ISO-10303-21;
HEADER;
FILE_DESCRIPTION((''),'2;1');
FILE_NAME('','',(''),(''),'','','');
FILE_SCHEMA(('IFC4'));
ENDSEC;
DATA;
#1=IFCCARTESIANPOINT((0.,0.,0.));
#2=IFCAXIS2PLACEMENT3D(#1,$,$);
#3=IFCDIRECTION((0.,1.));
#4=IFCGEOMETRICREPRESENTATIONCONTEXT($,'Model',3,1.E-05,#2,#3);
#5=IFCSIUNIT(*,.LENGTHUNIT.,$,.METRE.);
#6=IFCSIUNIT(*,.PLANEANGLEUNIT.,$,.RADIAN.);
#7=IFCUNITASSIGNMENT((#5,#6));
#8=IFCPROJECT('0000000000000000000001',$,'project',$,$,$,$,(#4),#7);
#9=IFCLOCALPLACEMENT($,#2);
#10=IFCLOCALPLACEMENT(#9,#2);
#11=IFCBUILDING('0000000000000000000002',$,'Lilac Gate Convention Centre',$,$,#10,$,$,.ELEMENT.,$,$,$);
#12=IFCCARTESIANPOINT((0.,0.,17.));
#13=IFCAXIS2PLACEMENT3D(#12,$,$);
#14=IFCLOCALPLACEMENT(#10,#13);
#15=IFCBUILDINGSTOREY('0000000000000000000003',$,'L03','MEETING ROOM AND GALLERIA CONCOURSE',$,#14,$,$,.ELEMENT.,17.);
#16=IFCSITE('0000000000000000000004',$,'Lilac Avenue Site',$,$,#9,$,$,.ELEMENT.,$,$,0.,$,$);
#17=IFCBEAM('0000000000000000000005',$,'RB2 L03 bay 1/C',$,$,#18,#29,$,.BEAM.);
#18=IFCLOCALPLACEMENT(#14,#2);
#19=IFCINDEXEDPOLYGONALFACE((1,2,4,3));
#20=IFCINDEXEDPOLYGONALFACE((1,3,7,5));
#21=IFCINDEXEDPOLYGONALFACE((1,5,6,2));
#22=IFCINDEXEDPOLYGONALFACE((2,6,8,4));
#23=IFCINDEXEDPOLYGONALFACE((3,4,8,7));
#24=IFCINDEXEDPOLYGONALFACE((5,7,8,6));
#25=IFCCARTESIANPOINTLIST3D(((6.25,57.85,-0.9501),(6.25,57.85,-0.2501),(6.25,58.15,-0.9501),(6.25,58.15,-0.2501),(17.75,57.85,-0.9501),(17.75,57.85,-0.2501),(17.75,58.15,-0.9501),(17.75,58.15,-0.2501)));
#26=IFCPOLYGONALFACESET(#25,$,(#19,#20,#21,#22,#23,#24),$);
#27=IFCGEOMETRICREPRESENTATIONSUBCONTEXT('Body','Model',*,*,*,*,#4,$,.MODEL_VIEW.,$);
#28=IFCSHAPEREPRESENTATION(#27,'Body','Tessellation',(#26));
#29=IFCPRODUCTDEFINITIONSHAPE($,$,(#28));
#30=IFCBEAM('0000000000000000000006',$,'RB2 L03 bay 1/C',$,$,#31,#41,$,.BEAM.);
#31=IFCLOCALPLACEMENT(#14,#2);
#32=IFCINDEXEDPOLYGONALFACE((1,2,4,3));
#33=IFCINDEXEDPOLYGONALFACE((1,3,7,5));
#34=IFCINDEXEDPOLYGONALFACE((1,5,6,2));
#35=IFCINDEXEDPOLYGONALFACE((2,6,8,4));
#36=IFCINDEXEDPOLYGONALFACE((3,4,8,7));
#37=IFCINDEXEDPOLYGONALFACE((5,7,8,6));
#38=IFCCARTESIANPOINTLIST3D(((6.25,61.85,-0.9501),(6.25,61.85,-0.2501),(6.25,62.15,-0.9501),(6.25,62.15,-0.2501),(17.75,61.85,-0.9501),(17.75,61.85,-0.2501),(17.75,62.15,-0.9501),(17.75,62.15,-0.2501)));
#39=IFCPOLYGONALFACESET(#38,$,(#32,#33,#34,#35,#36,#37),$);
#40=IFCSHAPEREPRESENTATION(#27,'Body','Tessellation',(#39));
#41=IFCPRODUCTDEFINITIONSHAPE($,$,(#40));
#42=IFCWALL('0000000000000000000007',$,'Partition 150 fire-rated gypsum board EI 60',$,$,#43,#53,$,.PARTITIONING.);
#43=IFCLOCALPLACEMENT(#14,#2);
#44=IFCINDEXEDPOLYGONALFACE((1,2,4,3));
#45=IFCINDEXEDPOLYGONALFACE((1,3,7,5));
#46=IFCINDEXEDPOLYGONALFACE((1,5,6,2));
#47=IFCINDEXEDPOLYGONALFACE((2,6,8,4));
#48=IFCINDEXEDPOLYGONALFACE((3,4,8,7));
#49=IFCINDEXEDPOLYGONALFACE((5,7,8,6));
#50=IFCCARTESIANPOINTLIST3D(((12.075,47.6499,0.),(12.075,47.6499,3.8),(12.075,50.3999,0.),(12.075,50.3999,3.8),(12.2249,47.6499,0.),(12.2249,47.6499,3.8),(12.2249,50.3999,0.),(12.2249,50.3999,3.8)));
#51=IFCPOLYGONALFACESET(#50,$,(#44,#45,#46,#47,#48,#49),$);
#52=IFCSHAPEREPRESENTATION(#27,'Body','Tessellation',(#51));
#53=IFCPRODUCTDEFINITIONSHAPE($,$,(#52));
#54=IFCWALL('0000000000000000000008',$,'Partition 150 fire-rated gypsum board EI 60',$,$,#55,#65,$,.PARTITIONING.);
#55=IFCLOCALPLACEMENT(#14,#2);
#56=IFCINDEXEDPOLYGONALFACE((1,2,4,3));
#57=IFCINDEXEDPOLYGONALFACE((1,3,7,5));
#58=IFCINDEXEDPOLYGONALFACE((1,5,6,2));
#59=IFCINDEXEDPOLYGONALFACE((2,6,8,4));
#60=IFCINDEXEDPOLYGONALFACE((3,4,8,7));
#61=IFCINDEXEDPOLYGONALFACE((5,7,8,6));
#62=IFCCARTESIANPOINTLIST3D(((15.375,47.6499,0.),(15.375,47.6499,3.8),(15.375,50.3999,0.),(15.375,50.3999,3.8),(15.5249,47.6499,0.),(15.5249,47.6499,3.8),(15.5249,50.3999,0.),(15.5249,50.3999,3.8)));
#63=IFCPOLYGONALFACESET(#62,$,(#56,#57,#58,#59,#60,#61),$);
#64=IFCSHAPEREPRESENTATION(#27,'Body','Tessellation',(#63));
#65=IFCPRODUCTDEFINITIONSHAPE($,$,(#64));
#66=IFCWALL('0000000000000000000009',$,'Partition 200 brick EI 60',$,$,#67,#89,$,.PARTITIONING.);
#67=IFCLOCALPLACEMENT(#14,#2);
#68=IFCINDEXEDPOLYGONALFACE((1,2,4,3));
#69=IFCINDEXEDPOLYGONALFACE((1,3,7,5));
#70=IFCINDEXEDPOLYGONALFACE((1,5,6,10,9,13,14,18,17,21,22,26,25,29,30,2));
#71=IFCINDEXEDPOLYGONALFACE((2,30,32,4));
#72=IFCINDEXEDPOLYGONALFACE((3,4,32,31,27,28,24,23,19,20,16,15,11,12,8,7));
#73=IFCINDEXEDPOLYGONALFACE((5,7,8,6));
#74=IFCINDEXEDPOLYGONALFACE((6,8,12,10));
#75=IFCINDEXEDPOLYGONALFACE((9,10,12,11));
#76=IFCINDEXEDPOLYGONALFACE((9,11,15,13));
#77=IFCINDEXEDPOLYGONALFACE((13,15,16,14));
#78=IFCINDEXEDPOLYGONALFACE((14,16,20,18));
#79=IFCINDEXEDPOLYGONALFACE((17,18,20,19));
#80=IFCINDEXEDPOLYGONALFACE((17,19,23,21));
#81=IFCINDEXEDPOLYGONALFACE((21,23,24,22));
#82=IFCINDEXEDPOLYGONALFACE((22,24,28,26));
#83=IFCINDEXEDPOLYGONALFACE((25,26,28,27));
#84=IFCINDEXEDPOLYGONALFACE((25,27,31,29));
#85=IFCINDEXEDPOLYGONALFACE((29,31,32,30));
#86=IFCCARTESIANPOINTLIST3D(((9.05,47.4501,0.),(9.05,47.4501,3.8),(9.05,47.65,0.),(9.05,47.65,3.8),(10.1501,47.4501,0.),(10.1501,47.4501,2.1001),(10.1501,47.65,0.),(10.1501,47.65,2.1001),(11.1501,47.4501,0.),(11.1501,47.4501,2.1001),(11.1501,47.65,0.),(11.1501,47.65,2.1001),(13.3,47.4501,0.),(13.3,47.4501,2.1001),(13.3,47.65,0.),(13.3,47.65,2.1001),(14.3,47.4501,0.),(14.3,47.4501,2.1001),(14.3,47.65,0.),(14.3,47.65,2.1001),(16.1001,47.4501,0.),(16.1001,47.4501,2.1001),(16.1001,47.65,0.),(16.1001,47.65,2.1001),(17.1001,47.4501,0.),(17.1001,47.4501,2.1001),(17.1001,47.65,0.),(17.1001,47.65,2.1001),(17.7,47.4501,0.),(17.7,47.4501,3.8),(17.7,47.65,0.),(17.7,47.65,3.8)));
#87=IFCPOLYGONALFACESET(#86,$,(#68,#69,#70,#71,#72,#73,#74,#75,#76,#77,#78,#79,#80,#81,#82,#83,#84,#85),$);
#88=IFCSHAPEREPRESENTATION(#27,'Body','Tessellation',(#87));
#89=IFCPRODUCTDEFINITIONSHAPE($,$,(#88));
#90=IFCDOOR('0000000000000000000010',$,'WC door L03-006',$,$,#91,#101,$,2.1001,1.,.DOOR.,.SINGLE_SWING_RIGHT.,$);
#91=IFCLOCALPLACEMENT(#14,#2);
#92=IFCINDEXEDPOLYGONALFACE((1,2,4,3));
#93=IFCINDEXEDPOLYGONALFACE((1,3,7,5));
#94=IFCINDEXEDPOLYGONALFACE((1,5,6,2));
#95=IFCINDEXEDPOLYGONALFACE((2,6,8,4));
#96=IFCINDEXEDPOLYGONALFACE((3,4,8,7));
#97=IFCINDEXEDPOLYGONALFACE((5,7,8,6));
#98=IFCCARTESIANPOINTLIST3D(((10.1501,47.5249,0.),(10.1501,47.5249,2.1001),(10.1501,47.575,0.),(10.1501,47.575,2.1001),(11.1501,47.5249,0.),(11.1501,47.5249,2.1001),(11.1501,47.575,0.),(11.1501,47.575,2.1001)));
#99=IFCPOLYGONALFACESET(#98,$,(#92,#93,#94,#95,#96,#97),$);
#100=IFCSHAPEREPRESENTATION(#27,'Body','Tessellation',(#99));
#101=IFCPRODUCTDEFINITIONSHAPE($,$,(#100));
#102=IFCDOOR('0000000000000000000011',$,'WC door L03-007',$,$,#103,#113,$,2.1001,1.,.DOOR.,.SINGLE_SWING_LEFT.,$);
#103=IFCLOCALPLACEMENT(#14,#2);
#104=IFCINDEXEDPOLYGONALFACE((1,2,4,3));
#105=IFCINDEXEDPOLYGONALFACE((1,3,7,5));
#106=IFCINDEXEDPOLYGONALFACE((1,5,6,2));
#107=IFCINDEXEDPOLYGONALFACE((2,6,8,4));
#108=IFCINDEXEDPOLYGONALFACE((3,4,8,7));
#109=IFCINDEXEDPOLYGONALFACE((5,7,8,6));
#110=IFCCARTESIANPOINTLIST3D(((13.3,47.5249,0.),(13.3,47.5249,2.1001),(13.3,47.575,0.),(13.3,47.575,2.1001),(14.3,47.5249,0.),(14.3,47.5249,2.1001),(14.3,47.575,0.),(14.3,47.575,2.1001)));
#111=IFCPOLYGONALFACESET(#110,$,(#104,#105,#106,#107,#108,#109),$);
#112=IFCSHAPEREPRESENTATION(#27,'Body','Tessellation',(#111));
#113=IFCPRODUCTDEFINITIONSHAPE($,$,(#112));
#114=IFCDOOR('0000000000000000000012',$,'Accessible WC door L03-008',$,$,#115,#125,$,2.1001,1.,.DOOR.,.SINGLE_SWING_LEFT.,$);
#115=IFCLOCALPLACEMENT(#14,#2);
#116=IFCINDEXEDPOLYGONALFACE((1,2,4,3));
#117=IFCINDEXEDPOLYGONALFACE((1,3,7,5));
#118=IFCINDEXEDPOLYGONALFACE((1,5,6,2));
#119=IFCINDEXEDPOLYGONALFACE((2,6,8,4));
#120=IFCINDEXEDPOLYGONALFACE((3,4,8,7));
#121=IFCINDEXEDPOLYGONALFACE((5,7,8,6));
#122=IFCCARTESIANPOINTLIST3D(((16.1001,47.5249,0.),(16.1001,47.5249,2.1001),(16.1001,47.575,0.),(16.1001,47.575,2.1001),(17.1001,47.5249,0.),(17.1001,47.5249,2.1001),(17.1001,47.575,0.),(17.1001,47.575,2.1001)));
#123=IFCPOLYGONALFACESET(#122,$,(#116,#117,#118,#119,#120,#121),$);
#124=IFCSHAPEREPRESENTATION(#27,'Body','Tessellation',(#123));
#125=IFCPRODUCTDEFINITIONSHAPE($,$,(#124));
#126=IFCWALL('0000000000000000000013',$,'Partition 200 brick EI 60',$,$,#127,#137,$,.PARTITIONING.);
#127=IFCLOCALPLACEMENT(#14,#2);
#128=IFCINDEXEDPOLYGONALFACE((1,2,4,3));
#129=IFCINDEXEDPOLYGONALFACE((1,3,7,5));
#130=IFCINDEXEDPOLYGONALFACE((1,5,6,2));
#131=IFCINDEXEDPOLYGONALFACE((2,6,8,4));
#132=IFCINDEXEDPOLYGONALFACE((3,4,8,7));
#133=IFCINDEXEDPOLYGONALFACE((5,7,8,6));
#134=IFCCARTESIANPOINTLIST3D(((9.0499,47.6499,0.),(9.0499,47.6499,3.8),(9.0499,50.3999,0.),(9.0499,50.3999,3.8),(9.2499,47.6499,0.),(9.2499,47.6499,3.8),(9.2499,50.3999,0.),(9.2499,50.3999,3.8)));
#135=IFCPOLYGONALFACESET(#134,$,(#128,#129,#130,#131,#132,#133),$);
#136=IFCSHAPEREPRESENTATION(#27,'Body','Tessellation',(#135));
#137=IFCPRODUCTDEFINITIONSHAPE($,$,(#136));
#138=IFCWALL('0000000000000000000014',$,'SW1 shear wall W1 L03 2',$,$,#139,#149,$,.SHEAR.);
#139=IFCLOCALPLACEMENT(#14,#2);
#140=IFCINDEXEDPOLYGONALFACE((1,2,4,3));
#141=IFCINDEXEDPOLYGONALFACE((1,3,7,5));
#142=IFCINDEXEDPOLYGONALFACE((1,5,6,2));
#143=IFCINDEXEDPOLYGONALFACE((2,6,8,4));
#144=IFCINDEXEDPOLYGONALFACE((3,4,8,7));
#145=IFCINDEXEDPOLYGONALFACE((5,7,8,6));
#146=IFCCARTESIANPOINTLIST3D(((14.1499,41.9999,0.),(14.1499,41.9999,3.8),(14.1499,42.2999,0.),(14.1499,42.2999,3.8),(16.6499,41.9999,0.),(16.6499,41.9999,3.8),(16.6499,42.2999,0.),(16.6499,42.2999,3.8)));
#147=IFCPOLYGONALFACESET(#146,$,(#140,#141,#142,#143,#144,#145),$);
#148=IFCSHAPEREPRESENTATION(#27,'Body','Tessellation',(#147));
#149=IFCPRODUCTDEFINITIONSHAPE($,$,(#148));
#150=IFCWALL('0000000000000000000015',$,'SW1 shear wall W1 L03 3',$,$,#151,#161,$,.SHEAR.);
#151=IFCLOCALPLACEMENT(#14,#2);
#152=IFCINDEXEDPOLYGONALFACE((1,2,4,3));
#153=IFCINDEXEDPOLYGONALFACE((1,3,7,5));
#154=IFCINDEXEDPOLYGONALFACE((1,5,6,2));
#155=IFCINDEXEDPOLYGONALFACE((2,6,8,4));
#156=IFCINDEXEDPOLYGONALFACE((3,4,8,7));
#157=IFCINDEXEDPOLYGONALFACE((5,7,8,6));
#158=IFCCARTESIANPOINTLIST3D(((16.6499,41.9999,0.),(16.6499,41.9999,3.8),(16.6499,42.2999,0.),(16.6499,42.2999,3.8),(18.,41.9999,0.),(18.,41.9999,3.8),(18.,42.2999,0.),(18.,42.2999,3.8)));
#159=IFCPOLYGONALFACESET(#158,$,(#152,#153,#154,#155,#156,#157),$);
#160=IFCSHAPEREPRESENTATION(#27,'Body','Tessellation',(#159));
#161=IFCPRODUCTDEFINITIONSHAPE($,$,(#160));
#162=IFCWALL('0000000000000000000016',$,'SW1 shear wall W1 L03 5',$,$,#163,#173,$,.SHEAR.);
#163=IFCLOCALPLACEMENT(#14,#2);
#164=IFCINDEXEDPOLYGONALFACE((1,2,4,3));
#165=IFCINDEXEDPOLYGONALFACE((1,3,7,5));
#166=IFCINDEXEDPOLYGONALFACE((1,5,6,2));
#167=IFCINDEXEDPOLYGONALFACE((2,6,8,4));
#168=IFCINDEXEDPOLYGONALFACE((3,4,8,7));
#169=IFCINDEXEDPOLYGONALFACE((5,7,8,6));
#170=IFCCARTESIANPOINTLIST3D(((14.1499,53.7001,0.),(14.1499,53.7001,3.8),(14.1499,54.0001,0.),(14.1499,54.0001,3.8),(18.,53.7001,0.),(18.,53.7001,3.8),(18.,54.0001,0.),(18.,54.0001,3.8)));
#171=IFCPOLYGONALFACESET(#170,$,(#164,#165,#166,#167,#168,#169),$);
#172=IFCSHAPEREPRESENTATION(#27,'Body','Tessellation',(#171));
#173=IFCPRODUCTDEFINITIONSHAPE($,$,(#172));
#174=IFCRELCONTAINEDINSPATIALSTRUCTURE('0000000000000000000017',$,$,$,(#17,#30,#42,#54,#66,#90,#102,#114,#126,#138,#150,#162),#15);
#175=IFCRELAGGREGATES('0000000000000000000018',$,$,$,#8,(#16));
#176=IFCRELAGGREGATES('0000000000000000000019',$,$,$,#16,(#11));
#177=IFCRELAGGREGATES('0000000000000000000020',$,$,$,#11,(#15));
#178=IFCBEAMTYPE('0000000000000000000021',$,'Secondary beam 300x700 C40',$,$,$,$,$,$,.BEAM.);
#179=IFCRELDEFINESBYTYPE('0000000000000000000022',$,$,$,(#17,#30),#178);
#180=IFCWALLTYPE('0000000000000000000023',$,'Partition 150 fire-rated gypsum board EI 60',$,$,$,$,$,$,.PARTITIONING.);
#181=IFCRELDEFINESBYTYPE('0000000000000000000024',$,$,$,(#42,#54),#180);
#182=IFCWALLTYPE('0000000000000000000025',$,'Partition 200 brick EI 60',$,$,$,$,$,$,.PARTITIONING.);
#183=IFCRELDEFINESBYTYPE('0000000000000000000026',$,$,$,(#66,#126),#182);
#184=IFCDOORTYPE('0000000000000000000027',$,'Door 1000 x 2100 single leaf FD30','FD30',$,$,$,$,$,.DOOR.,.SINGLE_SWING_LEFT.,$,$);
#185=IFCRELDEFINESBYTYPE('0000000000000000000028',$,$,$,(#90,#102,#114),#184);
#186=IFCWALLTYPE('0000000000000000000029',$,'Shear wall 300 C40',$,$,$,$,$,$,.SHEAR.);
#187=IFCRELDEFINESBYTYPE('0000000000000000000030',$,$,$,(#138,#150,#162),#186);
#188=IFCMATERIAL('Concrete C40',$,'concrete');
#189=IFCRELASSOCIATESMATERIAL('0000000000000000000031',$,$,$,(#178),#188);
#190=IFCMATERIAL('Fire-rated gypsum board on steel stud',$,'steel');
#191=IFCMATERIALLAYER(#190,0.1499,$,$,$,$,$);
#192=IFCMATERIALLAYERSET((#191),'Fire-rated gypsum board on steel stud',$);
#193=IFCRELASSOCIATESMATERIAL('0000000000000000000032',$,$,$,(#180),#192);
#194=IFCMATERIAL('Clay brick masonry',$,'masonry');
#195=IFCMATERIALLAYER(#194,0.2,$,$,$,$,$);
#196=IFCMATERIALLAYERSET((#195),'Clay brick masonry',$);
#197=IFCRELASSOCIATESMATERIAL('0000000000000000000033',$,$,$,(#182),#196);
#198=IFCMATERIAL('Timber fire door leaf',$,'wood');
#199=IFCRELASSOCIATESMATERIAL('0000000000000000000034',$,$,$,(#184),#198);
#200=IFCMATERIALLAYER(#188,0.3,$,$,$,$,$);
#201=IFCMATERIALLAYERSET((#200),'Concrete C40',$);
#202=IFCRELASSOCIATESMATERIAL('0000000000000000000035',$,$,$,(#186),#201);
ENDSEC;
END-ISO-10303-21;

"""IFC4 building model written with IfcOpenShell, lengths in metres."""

from ifc_helpers import new_model, si_unit, direction, frame, frame_2d, origin, origin_2d, place, context, subcontext, project, spatial, rectangle, extrude, material, layer, layer_set, material_profile, profile_set, type_object, element, fill, save


model = new_model("IFC4")

# Units and contexts
model_context = context("Model", 3, precision=1e-05, world=origin(), true_north=direction((0.0, 1.0)))
body_context = subcontext(model_context, "Body", "Model", "MODEL_VIEW")
ifc_project = project(units=[si_unit("LENGTHUNIT", "METRE"), si_unit("PLANEANGLEUNIT", "RADIAN")], contexts=[model_context])

# Site, building, storey
site_placement = place(None, origin())
site = spatial("IfcSite", under=ifc_project, at=site_placement, Name="Lilac Avenue Site", CompositionType="ELEMENT", RefElevation=0.0)
building_placement = place(site_placement, origin())
building = spatial("IfcBuilding", under=site, at=building_placement, Name="Lilac Gate Convention Centre", CompositionType="ELEMENT")
storey_placement = place(building_placement, frame((0.0, 0.0, 17.0)))
storey = spatial("IfcBuildingStorey", under=building, at=storey_placement, Name="L03", Description="MEETING ROOM AND GALLERIA CONCOURSE", CompositionType="ELEMENT", Elevation=17.0)

# Beams
ifc_material_1 = material(Name="Concrete C40", Category="concrete")
ifc_material_profile = material_profile(ifc_material_1, rectangle(XDim=0.3, YDim=0.7, at=origin_2d()), Name="RC 300x700")
ifc_profile_set = profile_set([ifc_material_profile], Name="Concrete C40")
beam_type = type_object("IfcBeamType", Name="Secondary beam 300x700 C40", PredefinedType="BEAM", material=ifc_profile_set)
for number, where, z_axis, x_axis, name in (
    (1, (6.25, 58.0, -0.6001), (1.0, 0.0, 0.0), (0.0, 1.0, 0.0), "RB2 L03 bay 1/C"),
    (2, (6.25, 62.0, -0.6001), (1.0, 0.0, 0.0), (0.0, 1.0, 0.0), "RB2 L03 bay 1/C"),
):
    element("IfcBeam", number, at=place(storey_placement, frame(where, z_axis=z_axis, x_axis=x_axis)), inside=storey, type_object=beam_type, Name=name, PredefinedType="BEAM", context=body_context, shape_type="SweptSolid", body=[
        extrude(rectangle(XDim=0.3, YDim=0.7, at=origin_2d()), origin(), (0.0, 0.0, 1.0), 11.5),
    ])

# Walls
ifc_material_2 = material(Name="Fire-rated gypsum board on steel stud", Category="steel")
ifc_layer_1 = layer(ifc_material_2, 0.1499)
ifc_layer_set_1 = layer_set([ifc_layer_1], Name="Fire-rated gypsum board on steel stud")
wall_type_1 = type_object("IfcWallType", Name="Partition 150 fire-rated gypsum board EI 60", PredefinedType="PARTITIONING", material=ifc_layer_set_1)
for number, where, z_axis, x_axis, name in (
    (3, (12.1499, 47.6499, 0.0), (0.0, 0.0, 1.0), (0.0, 1.0, 0.0), "Partition 150 fire-rated gypsum board EI 60"),
    (4, (15.45, 47.6499, 0.0), (0.0, 0.0, 1.0), (0.0, 1.0, 0.0), "Partition 150 fire-rated gypsum board EI 60"),
):
    element("IfcWall", number, at=place(storey_placement, frame(where, z_axis=z_axis, x_axis=x_axis)), inside=storey, type_object=wall_type_1, Name=name, PredefinedType="PARTITIONING", context=body_context, shape_type="SweptSolid", body=[
        extrude(rectangle(XDim=2.75, YDim=0.1499, at=frame_2d((1.375, 0.0))), origin(), (0.0, 0.0, 1.0), 3.8),
    ])

# Wall, openings, doors
ifc_material_3 = material(Name="Clay brick masonry", Category="masonry")
ifc_layer_2 = layer(ifc_material_3, 0.2)
ifc_layer_set_2 = layer_set([ifc_layer_2], Name="Clay brick masonry")
wall_type_2 = type_object("IfcWallType", Name="Partition 200 brick EI 60", PredefinedType="PARTITIONING", material=ifc_layer_set_2)
wall_1_placement = place(storey_placement, frame((9.05, 47.55, 0.0), z_axis=(0.0, 0.0, 1.0), x_axis=(1.0, 0.0, 0.0)))
wall_1 = element("IfcWall", 5, at=wall_1_placement, inside=storey, type_object=wall_type_2, Name="Partition 200 brick EI 60", PredefinedType="PARTITIONING", context=body_context, shape_type="SweptSolid", body=[
    extrude(rectangle(XDim=8.6499, YDim=0.2, at=frame_2d((4.325, 0.0))), origin(), (0.0, 0.0, 1.0), 3.8),
])
opening_1_placement = place(wall_1_placement, frame((1.1001, 0.0, 0.0)))
opening_1 = element("IfcOpeningElement", 6, at=opening_1_placement, cuts=wall_1, PredefinedType="OPENING", context=body_context, shape_type="SweptSolid", body=[
    extrude(rectangle(XDim=1.0, YDim=2.1001, at=frame_2d((0.5, 1.05))), frame((0.0, 0.1099, 0.0), z_axis=(0.0, -1.0, 0.0), x_axis=(1.0, 0.0, 0.0)), (0.0, 0.0, 1.0), 0.22),
])
opening_2_placement = place(wall_1_placement, frame((4.25, 0.0, 0.0)))
opening_2 = element("IfcOpeningElement", 7, at=opening_2_placement, cuts=wall_1, PredefinedType="OPENING", context=body_context, shape_type="SweptSolid", body=[
    extrude(rectangle(XDim=1.0, YDim=2.1001, at=frame_2d((0.5, 1.05))), frame((0.0, 0.1099, 0.0), z_axis=(0.0, -1.0, 0.0), x_axis=(1.0, 0.0, 0.0)), (0.0, 0.0, 1.0), 0.22),
])
opening_3_placement = place(wall_1_placement, frame((7.05, 0.0, 0.0)))
opening_3 = element("IfcOpeningElement", 8, at=opening_3_placement, cuts=wall_1, PredefinedType="OPENING", context=body_context, shape_type="SweptSolid", body=[
    extrude(rectangle(XDim=1.0, YDim=2.1001, at=frame_2d((0.5, 1.05))), frame((0.0, 0.1099, 0.0), z_axis=(0.0, -1.0, 0.0), x_axis=(1.0, 0.0, 0.0)), (0.0, 0.0, 1.0), 0.22),
])
ifc_material_4 = material(Name="Timber fire door leaf", Category="wood")
door_type_1 = type_object("IfcDoorType", Name="Door 1000 x 2100 single leaf FD30", Description="FD30", OperationType="SINGLE_SWING_LEFT", PredefinedType="DOOR", material=ifc_material_4)
door_1_placement = place(opening_1_placement, origin())
door_1 = element("IfcDoor", 9, at=door_1_placement, inside=storey, type_object=door_type_1, Name="WC door L03-006", OperationType="SINGLE_SWING_RIGHT", OverallHeight=2.1001, OverallWidth=1.0, PredefinedType="DOOR", context=body_context, shape_type="SweptSolid", body=[
    extrude(rectangle(XDim=1.0, YDim=2.1001, at=frame_2d((0.5, 1.05))), frame((0.0, 0.0249, 0.0), z_axis=(0.0, -1.0, 0.0), x_axis=(1.0, 0.0, 0.0)), (0.0, 0.0, 1.0), 0.05),
])
fill(opening_1, door_1)
door_2_placement = place(opening_2_placement, origin())
door_2 = element("IfcDoor", 10, at=door_2_placement, inside=storey, type_object=door_type_1, Name="WC door L03-007", OperationType="SINGLE_SWING_LEFT", OverallHeight=2.1001, OverallWidth=1.0, PredefinedType="DOOR", context=body_context, shape_type="SweptSolid", body=[
    extrude(rectangle(XDim=1.0, YDim=2.1001, at=frame_2d((0.5, 1.05))), frame((0.0, 0.0249, 0.0), z_axis=(0.0, -1.0, 0.0), x_axis=(1.0, 0.0, 0.0)), (0.0, 0.0, 1.0), 0.05),
])
fill(opening_2, door_2)
door_3_placement = place(opening_3_placement, origin())
door_3 = element("IfcDoor", 11, at=door_3_placement, inside=storey, type_object=door_type_1, Name="Accessible WC door L03-008", OperationType="SINGLE_SWING_LEFT", OverallHeight=2.1001, OverallWidth=1.0, PredefinedType="DOOR", context=body_context, shape_type="SweptSolid", body=[
    extrude(rectangle(XDim=1.0, YDim=2.1001, at=frame_2d((0.5, 1.05))), frame((0.0, 0.0249, 0.0), z_axis=(0.0, -1.0, 0.0), x_axis=(1.0, 0.0, 0.0)), (0.0, 0.0, 1.0), 0.05),
])
fill(opening_3, door_3)

# Walls
wall_2_placement = place(storey_placement, frame((9.1499, 47.6499, 0.0), z_axis=(0.0, 0.0, 1.0), x_axis=(0.0, 1.0, 0.0)))
element("IfcWall", 12, at=wall_2_placement, inside=storey, type_object=wall_type_2, Name="Partition 200 brick EI 60", PredefinedType="PARTITIONING", context=body_context, shape_type="SweptSolid", body=[
    extrude(rectangle(XDim=2.75, YDim=0.2, at=frame_2d((1.375, 0.0))), origin(), (0.0, 0.0, 1.0), 3.8),
])
ifc_layer_3 = layer(ifc_material_1, 0.3)
ifc_layer_set_3 = layer_set([ifc_layer_3], Name="Concrete C40")
wall_type_3 = type_object("IfcWallType", Name="Shear wall 300 C40", PredefinedType="SHEAR", material=ifc_layer_set_3)
wall_3_placement = place(storey_placement, frame((14.1499, 42.1499, 0.0), z_axis=(0.0, 0.0, 1.0), x_axis=(1.0, 0.0, 0.0)))
element("IfcWall", 13, at=wall_3_placement, inside=storey, type_object=wall_type_3, Name="SW1 shear wall W1 L03 2", PredefinedType="SHEAR", context=body_context, shape_type="SweptSolid", body=[
    extrude(rectangle(XDim=2.5, YDim=0.3, at=frame_2d((1.25, 0.0))), origin(), (0.0, 0.0, 1.0), 3.8),
])
wall_4_placement = place(storey_placement, frame((16.6499, 42.1499, 0.0), z_axis=(0.0, 0.0, 1.0), x_axis=(1.0, 0.0, 0.0)))
element("IfcWall", 14, at=wall_4_placement, inside=storey, type_object=wall_type_3, Name="SW1 shear wall W1 L03 3", PredefinedType="SHEAR", context=body_context, shape_type="SweptSolid", body=[
    extrude(rectangle(XDim=1.3501, YDim=0.3, at=frame_2d((0.675, 0.0))), origin(), (0.0, 0.0, 1.0), 3.8),
])
wall_5_placement = place(storey_placement, frame((14.1499, 53.8501, 0.0), z_axis=(0.0, 0.0, 1.0), x_axis=(1.0, 0.0, 0.0)))
element("IfcWall", 15, at=wall_5_placement, inside=storey, type_object=wall_type_3, Name="SW1 shear wall W1 L03 5", PredefinedType="SHEAR", context=body_context, shape_type="SweptSolid", body=[
    extrude(rectangle(XDim=3.8501, YDim=0.3, at=frame_2d((1.925, 0.0))), origin(), (0.0, 0.0, 1.0), 3.8),
])

save(model, "model.ifc")
